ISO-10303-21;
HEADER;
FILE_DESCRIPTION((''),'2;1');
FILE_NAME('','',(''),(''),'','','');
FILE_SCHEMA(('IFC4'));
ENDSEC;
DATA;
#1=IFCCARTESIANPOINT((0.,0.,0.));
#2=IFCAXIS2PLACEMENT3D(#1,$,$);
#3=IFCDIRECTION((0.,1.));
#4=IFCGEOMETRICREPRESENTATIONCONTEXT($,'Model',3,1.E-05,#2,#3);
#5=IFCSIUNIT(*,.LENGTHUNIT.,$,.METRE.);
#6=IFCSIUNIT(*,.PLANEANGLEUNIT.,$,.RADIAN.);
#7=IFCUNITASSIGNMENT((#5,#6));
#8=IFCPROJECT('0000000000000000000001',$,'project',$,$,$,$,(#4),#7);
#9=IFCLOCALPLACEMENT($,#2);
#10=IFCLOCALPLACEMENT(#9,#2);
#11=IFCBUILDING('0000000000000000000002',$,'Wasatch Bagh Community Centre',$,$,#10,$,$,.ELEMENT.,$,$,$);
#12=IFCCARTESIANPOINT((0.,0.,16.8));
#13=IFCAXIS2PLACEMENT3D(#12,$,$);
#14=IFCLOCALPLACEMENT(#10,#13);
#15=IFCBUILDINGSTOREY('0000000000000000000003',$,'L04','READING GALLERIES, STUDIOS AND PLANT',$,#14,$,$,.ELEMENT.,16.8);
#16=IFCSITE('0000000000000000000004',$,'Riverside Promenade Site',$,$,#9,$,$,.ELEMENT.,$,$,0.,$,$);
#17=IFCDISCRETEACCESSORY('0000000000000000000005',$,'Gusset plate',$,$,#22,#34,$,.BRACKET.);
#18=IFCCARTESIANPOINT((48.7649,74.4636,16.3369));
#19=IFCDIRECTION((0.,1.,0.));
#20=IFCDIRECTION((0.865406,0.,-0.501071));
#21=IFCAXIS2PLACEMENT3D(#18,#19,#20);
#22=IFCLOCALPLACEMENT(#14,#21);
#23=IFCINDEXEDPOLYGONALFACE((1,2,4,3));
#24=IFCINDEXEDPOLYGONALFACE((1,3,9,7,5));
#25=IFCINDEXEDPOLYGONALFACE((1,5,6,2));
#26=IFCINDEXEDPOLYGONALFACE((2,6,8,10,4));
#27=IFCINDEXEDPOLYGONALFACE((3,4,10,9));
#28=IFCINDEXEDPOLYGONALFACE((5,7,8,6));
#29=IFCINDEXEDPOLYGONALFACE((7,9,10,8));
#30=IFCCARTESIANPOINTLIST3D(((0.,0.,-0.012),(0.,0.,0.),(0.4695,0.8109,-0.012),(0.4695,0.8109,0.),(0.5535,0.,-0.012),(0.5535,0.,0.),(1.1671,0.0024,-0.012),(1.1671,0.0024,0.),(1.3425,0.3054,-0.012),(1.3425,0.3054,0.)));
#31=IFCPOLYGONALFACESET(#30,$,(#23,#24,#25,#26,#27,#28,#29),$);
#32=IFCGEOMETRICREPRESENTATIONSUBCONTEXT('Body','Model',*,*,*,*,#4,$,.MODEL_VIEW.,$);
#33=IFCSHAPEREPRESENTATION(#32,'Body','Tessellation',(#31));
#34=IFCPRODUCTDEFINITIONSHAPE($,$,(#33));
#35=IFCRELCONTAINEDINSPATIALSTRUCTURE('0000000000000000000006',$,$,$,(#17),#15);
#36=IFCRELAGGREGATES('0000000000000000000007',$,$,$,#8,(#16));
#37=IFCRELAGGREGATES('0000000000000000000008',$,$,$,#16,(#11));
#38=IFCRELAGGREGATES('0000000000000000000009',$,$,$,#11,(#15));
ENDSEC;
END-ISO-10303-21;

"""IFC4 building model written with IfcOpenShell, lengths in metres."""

from ifc_helpers import new_model, si_unit, direction, frame, origin, place, context, subcontext, project, spatial, polyline, outline, extrude, element, save


model = new_model("IFC4")

# Units and contexts
model_context = context("Model", 3, precision=1e-05, world=origin(), true_north=direction((0.0, 1.0)))
body_context = subcontext(model_context, "Body", "Model", "MODEL_VIEW")
ifc_project = project(units=[si_unit("LENGTHUNIT", "METRE"), si_unit("PLANEANGLEUNIT", "RADIAN")], contexts=[model_context])

# Site, building, storey
site_placement = place(None, origin())
site = spatial("IfcSite", under=ifc_project, at=site_placement, Name="Riverside Promenade Site", CompositionType="ELEMENT", RefElevation=0.0)
building_placement = place(site_placement, origin())
building = spatial("IfcBuilding", under=site, at=building_placement, Name="Wasatch Bagh Community Centre", CompositionType="ELEMENT")
storey_placement = place(building_placement, frame((0.0, 0.0, 16.8)))
storey = spatial("IfcBuildingStorey", under=building, at=storey_placement, Name="L04", Description="READING GALLERIES, STUDIOS AND PLANT", CompositionType="ELEMENT", Elevation=16.8)

# Discrete accessory
discrete_accessory_1_placement = place(storey_placement, frame((48.7649, 74.4636, 16.3369), z_axis=(0.0, 1.0, 0.0), x_axis=(0.865406, 0.0, -0.501071)))
element("IfcDiscreteAccessory", 1, at=discrete_accessory_1_placement, inside=storey, Name="Gusset plate", PredefinedType="BRACKET", context=body_context, shape_type="SweptSolid", body=[
    extrude(outline(polyline([(0.0, 0.0), (0.5535, 0.0), (1.1671, 0.0024), (1.3425, 0.3054), (0.4695, 0.8109), (0.0, 0.0)])), origin(), (0.0, 0.0, -1.0), 0.012),
])

save(model, "model.ifc")
